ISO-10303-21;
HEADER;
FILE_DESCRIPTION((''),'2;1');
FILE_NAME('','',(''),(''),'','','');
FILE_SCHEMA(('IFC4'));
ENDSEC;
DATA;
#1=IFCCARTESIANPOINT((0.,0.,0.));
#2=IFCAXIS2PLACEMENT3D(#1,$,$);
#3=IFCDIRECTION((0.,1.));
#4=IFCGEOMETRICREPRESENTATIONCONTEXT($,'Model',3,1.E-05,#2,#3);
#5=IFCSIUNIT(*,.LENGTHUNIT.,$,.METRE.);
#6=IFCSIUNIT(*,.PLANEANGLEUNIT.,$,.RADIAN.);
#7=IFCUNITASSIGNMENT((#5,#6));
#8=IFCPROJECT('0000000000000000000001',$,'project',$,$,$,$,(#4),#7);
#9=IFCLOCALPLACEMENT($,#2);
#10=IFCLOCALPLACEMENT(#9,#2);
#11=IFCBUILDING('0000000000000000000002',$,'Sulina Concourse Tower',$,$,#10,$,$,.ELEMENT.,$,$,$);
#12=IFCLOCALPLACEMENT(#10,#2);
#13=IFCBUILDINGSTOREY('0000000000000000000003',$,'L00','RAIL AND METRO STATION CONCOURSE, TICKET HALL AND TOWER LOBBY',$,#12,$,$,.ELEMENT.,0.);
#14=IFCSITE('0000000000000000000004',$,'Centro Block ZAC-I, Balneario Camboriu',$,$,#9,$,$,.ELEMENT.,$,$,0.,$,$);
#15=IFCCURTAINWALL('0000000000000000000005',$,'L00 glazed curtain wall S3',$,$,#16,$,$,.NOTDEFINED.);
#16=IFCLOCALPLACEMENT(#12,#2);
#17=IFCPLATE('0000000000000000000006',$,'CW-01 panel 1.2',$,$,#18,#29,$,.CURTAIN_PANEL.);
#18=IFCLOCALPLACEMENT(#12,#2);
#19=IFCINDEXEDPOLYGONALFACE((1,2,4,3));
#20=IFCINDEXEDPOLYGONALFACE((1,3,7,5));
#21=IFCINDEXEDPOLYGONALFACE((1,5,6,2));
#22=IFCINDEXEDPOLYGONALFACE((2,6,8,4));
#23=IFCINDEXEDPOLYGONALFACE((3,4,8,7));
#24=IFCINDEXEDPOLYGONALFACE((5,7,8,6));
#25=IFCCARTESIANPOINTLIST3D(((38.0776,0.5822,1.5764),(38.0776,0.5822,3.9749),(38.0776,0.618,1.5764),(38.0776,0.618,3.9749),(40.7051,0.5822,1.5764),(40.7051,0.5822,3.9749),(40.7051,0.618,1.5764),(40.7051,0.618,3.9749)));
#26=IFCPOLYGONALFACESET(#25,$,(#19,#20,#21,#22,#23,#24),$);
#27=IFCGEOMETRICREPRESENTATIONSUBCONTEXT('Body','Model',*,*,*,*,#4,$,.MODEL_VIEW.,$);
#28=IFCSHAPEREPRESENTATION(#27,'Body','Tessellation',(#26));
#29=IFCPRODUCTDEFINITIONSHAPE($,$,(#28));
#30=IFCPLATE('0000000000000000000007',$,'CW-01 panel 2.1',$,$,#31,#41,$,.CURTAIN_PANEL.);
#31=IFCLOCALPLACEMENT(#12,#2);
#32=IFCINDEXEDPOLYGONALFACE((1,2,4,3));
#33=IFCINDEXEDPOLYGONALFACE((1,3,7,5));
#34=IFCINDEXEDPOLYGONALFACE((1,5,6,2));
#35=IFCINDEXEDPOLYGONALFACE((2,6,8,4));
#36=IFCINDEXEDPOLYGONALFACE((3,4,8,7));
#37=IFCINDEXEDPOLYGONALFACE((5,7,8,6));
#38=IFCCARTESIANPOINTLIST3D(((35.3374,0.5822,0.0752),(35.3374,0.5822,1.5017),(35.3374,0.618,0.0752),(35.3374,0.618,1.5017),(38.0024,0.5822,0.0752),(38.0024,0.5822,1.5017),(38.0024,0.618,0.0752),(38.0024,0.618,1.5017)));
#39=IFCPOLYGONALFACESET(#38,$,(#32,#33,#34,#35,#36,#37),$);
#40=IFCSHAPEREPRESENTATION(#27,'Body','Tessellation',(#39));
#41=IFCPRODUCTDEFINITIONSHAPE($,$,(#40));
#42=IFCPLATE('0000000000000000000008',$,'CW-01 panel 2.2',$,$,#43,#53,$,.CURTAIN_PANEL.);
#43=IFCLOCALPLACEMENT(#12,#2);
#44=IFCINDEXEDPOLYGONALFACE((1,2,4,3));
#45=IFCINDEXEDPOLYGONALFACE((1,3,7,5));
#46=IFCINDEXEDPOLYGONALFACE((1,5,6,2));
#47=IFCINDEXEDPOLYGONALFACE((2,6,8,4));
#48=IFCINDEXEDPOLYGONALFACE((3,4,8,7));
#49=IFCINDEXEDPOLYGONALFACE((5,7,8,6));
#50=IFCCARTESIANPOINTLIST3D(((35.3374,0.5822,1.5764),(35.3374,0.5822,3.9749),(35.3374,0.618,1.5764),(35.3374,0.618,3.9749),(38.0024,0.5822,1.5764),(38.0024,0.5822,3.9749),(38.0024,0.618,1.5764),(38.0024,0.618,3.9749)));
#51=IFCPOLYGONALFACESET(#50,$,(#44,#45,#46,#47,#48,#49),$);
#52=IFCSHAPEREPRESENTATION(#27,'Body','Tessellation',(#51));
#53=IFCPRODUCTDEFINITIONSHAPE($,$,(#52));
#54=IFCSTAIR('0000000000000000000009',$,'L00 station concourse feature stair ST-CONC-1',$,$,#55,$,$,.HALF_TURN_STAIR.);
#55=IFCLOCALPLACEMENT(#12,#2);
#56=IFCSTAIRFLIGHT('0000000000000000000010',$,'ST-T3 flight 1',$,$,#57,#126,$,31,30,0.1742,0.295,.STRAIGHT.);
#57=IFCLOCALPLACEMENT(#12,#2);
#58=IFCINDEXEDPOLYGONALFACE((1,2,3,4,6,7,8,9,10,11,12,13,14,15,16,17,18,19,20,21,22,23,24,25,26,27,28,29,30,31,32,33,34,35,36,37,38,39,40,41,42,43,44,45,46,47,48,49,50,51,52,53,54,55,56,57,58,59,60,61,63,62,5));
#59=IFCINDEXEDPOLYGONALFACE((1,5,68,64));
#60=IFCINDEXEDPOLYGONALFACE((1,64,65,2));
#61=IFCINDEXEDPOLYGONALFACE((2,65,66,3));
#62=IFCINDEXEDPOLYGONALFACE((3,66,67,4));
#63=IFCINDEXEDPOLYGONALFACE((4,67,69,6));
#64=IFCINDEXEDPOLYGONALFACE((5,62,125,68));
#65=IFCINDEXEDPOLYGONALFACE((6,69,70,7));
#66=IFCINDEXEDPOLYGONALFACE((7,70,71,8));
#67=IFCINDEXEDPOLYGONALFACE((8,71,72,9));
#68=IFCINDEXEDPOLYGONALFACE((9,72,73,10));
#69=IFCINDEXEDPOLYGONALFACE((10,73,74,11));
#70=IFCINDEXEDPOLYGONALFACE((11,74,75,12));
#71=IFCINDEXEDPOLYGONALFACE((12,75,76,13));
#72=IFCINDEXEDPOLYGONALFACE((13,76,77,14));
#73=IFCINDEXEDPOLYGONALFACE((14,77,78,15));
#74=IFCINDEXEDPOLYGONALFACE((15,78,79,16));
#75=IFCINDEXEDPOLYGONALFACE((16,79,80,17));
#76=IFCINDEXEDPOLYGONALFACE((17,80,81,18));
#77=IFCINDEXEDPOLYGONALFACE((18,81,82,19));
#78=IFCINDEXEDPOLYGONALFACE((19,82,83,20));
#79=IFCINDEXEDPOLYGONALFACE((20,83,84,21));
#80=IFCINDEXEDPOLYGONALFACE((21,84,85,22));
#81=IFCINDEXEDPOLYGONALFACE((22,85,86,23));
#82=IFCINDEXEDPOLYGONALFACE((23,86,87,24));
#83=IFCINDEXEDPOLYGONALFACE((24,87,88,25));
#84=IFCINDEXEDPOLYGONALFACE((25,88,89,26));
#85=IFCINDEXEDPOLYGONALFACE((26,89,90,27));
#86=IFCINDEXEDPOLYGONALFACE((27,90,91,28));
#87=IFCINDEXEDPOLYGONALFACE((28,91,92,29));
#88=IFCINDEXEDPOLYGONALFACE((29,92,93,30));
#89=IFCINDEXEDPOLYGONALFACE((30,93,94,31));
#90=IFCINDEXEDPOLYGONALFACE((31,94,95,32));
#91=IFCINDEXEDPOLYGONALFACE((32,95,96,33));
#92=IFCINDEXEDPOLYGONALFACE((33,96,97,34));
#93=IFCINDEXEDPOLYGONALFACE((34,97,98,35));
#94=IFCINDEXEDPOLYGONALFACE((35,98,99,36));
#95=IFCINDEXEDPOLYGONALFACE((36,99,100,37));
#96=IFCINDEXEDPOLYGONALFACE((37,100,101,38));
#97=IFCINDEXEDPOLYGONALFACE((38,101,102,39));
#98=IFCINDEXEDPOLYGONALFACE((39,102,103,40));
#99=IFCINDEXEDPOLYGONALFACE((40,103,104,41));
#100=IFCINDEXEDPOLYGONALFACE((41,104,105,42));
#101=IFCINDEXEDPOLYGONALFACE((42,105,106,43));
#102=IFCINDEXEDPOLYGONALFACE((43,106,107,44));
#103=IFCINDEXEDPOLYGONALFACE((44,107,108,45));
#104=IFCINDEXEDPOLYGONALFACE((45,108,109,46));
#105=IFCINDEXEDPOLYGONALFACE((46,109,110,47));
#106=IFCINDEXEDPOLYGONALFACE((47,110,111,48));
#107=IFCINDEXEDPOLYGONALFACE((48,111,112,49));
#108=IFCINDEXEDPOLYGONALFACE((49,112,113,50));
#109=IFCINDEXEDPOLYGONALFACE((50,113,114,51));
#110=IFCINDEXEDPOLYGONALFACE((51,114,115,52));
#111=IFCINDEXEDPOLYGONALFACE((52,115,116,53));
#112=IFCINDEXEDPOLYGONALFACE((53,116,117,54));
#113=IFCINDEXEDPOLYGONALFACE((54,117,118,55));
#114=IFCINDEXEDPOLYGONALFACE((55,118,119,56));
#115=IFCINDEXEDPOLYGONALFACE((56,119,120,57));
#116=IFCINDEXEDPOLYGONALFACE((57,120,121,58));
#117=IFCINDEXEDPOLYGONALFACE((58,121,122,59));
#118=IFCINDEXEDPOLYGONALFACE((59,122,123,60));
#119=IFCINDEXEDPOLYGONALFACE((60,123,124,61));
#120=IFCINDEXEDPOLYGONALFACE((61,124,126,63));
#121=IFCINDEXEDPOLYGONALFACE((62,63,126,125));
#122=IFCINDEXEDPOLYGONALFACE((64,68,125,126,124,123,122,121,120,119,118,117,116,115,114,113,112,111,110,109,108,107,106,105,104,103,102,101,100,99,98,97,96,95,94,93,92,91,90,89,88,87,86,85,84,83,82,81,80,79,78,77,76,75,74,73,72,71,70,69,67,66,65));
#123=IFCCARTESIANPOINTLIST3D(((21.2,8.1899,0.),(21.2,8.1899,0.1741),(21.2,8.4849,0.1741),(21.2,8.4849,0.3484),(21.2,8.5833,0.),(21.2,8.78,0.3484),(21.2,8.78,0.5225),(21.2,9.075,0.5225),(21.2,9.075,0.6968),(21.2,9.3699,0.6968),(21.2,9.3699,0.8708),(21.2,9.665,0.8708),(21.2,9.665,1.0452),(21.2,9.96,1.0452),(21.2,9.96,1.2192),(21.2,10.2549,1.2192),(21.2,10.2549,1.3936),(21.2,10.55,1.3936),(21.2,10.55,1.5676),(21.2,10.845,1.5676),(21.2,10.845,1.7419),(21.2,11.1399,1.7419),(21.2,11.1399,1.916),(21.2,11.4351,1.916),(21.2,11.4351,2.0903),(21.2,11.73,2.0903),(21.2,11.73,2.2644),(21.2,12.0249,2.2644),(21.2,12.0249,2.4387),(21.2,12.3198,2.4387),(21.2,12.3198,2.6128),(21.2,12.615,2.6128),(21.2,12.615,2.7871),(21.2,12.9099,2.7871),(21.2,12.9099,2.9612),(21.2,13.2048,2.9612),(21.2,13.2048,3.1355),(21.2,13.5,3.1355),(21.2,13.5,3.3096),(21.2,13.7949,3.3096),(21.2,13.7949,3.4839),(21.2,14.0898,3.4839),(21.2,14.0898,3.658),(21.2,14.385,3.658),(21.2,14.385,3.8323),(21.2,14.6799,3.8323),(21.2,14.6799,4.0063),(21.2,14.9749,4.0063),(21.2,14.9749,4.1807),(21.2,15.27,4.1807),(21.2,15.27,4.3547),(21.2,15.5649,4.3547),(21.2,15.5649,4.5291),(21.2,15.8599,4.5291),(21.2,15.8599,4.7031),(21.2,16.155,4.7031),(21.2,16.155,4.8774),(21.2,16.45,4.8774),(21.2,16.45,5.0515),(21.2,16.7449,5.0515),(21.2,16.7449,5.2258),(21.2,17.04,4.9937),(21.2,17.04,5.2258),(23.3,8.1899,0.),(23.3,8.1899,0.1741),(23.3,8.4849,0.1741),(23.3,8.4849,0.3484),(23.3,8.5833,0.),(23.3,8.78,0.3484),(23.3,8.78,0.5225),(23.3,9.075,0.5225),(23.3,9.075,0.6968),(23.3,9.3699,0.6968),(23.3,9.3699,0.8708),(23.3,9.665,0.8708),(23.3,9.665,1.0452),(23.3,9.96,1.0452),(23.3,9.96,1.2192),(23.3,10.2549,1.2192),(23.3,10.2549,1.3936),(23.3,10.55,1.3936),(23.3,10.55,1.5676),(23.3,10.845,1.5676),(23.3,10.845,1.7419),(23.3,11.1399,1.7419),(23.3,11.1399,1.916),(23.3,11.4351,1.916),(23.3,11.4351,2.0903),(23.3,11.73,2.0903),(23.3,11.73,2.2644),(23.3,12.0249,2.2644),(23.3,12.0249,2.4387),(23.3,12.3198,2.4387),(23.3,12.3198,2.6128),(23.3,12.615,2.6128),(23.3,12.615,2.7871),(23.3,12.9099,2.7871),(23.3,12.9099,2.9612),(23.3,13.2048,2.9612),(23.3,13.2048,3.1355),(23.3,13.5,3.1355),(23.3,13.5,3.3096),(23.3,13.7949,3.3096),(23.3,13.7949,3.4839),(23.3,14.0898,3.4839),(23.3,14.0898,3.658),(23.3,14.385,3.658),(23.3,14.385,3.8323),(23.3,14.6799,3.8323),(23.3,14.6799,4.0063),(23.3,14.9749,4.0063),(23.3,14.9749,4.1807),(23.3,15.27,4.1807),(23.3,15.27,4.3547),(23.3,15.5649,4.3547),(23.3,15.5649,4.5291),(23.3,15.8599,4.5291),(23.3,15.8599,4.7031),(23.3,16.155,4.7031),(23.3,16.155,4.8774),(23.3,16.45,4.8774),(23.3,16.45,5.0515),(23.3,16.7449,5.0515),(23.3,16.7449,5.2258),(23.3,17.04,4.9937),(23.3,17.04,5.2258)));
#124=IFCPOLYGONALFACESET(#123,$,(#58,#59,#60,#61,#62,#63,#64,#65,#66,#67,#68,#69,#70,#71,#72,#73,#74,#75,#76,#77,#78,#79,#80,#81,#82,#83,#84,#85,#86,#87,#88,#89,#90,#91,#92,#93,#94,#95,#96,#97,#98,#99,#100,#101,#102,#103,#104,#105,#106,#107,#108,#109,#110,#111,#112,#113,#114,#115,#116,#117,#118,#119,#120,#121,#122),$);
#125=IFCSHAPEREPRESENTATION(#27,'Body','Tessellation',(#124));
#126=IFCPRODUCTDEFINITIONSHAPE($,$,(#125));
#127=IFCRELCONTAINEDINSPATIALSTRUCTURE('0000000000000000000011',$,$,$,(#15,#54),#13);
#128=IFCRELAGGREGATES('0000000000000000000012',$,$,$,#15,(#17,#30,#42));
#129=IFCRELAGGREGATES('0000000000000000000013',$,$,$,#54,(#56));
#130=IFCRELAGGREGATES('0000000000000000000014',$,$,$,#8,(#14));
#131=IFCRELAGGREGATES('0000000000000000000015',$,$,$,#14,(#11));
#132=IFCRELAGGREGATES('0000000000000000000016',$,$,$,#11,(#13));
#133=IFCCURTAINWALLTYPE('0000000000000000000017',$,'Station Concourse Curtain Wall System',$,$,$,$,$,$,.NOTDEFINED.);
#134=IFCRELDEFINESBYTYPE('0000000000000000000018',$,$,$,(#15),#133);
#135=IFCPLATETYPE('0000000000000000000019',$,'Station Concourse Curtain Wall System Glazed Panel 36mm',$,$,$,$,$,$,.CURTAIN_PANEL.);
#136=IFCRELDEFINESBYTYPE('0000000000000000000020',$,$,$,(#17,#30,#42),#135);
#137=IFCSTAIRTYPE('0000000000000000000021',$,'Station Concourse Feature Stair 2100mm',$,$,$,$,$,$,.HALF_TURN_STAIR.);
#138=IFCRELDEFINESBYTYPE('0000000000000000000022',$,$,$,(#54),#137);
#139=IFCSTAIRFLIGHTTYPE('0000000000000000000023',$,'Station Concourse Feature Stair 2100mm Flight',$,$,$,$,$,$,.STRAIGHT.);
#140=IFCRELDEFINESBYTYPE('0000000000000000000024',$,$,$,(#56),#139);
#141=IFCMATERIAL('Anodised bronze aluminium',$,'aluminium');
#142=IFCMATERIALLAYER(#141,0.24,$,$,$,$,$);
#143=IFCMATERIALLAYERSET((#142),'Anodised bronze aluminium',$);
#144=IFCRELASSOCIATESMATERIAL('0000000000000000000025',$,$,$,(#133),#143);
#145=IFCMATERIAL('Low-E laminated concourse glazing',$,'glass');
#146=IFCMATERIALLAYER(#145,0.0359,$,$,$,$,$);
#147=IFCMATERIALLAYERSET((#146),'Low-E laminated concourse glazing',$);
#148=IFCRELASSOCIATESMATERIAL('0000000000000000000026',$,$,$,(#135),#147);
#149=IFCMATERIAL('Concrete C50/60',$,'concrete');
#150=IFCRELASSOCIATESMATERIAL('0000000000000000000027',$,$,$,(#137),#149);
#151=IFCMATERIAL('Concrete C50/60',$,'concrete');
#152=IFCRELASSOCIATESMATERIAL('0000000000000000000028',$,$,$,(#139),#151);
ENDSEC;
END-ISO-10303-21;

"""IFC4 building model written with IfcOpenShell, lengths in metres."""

from ifc_helpers import new_model, si_unit, direction, frame, origin, origin_2d, place, context, subcontext, project, spatial, polyline, rectangle, outline, extrude, material, layer, layer_set, type_object, element, aggregate, save


model = new_model("IFC4")

# Units and contexts
model_context = context("Model", 3, precision=1e-05, world=origin(), true_north=direction((0.0, 1.0)))
body_context = subcontext(model_context, "Body", "Model", "MODEL_VIEW")
ifc_project = project(units=[si_unit("LENGTHUNIT", "METRE"), si_unit("PLANEANGLEUNIT", "RADIAN")], contexts=[model_context])

# Site, building, storey
site_placement = place(None, origin())
site = spatial("IfcSite", under=ifc_project, at=site_placement, Name="Centro Block ZAC-I, Balneario Camboriu", CompositionType="ELEMENT", RefElevation=0.0)
building_placement = place(site_placement, origin())
building = spatial("IfcBuilding", under=site, at=building_placement, Name="Sulina Concourse Tower", CompositionType="ELEMENT")
storey_placement = place(building_placement, origin())
storey = spatial("IfcBuildingStorey", under=building, at=storey_placement, Name="L00", Description="RAIL AND METRO STATION CONCOURSE, TICKET HALL AND TOWER LOBBY", CompositionType="ELEMENT", Elevation=0.0)

# Curtain wall, plates
ifc_material_1 = material(Name="Anodised bronze aluminium", Category="aluminium")
ifc_layer_1 = layer(ifc_material_1, 0.24)
ifc_layer_set_1 = layer_set([ifc_layer_1], Name="Anodised bronze aluminium")
curtain_wall_type = type_object("IfcCurtainWallType", Name="Station Concourse Curtain Wall System", PredefinedType="NOTDEFINED", material=ifc_layer_set_1)
curtain_wall_placement = place(storey_placement, origin())
curtain_wall = element("IfcCurtainWall", 1, at=curtain_wall_placement, inside=storey, type_object=curtain_wall_type, Name="L00 glazed curtain wall S3", PredefinedType="NOTDEFINED")
ifc_material_2 = material(Name="Low-E laminated concourse glazing", Category="glass")
ifc_layer_2 = layer(ifc_material_2, 0.0359)
ifc_layer_set_2 = layer_set([ifc_layer_2], Name="Low-E laminated concourse glazing")
plate_type = type_object("IfcPlateType", Name="Station Concourse Curtain Wall System Glazed Panel 36mm", PredefinedType="CURTAIN_PANEL", material=ifc_layer_set_2)
plate_1_placement = place(storey_placement, frame((39.3914, 0.6001, 1.5764), z_axis=(0.0, 0.0, 1.0), x_axis=(-1.0, 0.0, 0.0)))
plate_1 = element("IfcPlate", 2, at=plate_1_placement, type_object=plate_type, Name="CW-01 panel 1.2", PredefinedType="CURTAIN_PANEL", context=body_context, shape_type="SweptSolid", body=[
    extrude(rectangle(XDim=2.6274, YDim=0.0359, at=origin_2d()), origin(), (0.0, 0.0, 1.0), 2.3984),
])
plate_2_placement = place(storey_placement, frame((36.6699, 0.6001, 0.0752), z_axis=(0.0, 0.0, 1.0), x_axis=(-1.0, 0.0, 0.0)))
plate_2 = element("IfcPlate", 3, at=plate_2_placement, type_object=plate_type, Name="CW-01 panel 2.1", PredefinedType="CURTAIN_PANEL", context=body_context, shape_type="SweptSolid", body=[
    extrude(rectangle(XDim=2.665, YDim=0.0359, at=origin_2d()), origin(), (0.0, 0.0, 1.0), 1.4265),
])
plate_3_placement = place(storey_placement, frame((36.6699, 0.6001, 1.5764), z_axis=(0.0, 0.0, 1.0), x_axis=(-1.0, 0.0, 0.0)))
plate_3 = element("IfcPlate", 4, at=plate_3_placement, type_object=plate_type, Name="CW-01 panel 2.2", PredefinedType="CURTAIN_PANEL", context=body_context, shape_type="SweptSolid", body=[
    extrude(rectangle(XDim=2.665, YDim=0.0359, at=origin_2d()), origin(), (0.0, 0.0, 1.0), 2.3984),
])
aggregate(curtain_wall, [plate_1, plate_2, plate_3])

# Stair, stair flight
ifc_material_3 = material(Name="Concrete C50/60", Category="concrete")
stair_type = type_object("IfcStairType", Name="Station Concourse Feature Stair 2100mm", PredefinedType="HALF_TURN_STAIR", material=ifc_material_3)
stair_placement = place(storey_placement, origin())
stair = element("IfcStair", 5, at=stair_placement, inside=storey, type_object=stair_type, Name="L00 station concourse feature stair ST-CONC-1", PredefinedType="HALF_TURN_STAIR")
ifc_material_4 = material(Name="Concrete C50/60", Category="concrete")
stair_flight_type = type_object("IfcStairFlightType", Name="Station Concourse Feature Stair 2100mm Flight", PredefinedType="STRAIGHT", material=ifc_material_4)
stair_flight_placement = place(storey_placement, frame((22.25, 8.1899, 0.0), z_axis=(0.0, 0.0, 1.0), x_axis=(0.0, 1.0, 0.0)))
stair_flight = element("IfcStairFlight", 6, at=stair_flight_placement, type_object=stair_flight_type, Name="ST-T3 flight 1", NumberOfRisers=31, NumberOfTreads=30, PredefinedType="STRAIGHT", RiserHeight=0.1742, TreadLength=0.295, context=body_context, shape_type="SweptSolid", body=[
    extrude(outline(polyline([(0.0, 0.0), (0.0, 0.1741), (0.2949, 0.1741), (0.2949, 0.3484), (0.5901, 0.3484), (0.5901, 0.5225), (0.885, 0.5225), (0.885, 0.6968), (1.1799, 0.6968), (1.1799, 0.8708), (1.4751, 0.8708), (1.4751, 1.0452), (1.77, 1.0452), (1.77, 1.2192), (2.0649, 1.2192), (2.0649, 1.3936), (2.3601, 1.3936), (2.3601, 1.5676), (2.655, 1.5676), (2.655, 1.7419), (2.95, 1.7419), (2.95, 1.916), (3.2451, 1.916), (3.2451, 2.0903), (3.54, 2.0903), (3.54, 2.2644), (3.835, 2.2644), (3.835, 2.4387), (4.1299, 2.4387), (4.1299, 2.6128), (4.425, 2.6128), (4.425, 2.7871), (4.72, 2.7871), (4.72, 2.9612), (5.0149, 2.9612), (5.0149, 3.1355), (5.3101, 3.1355), (5.3101, 3.3096), (5.605, 3.3096), (5.605, 3.4839), (5.8999, 3.4839), (5.8999, 3.658), (6.1951, 3.658), (6.1951, 3.8323), (6.49, 3.8323), (6.49, 4.0063), (6.7849, 4.0063), (6.7849, 4.1807), (7.0801, 4.1807), (7.0801, 4.3547), (7.375, 4.3547), (7.375, 4.5291), (7.6699, 4.5291), (7.6699, 4.7031), (7.9651, 4.7031), (7.9651, 4.8774), (8.26, 4.8774), (8.26, 5.0515), (8.5549, 5.0515), (8.5549, 5.2258), (8.8501, 5.2258), (8.8501, 5.3999), (8.8501, 4.9937), (0.3933, 0.0), (0.0, 0.0)])), frame((0.0, 1.05, 0.0), z_axis=(0.0, -1.0, 0.0), x_axis=(1.0, 0.0, 0.0)), (0.0, 0.0, 1.0), 2.1001),
])
aggregate(stair, [stair_flight])

save(model, "model.ifc")
